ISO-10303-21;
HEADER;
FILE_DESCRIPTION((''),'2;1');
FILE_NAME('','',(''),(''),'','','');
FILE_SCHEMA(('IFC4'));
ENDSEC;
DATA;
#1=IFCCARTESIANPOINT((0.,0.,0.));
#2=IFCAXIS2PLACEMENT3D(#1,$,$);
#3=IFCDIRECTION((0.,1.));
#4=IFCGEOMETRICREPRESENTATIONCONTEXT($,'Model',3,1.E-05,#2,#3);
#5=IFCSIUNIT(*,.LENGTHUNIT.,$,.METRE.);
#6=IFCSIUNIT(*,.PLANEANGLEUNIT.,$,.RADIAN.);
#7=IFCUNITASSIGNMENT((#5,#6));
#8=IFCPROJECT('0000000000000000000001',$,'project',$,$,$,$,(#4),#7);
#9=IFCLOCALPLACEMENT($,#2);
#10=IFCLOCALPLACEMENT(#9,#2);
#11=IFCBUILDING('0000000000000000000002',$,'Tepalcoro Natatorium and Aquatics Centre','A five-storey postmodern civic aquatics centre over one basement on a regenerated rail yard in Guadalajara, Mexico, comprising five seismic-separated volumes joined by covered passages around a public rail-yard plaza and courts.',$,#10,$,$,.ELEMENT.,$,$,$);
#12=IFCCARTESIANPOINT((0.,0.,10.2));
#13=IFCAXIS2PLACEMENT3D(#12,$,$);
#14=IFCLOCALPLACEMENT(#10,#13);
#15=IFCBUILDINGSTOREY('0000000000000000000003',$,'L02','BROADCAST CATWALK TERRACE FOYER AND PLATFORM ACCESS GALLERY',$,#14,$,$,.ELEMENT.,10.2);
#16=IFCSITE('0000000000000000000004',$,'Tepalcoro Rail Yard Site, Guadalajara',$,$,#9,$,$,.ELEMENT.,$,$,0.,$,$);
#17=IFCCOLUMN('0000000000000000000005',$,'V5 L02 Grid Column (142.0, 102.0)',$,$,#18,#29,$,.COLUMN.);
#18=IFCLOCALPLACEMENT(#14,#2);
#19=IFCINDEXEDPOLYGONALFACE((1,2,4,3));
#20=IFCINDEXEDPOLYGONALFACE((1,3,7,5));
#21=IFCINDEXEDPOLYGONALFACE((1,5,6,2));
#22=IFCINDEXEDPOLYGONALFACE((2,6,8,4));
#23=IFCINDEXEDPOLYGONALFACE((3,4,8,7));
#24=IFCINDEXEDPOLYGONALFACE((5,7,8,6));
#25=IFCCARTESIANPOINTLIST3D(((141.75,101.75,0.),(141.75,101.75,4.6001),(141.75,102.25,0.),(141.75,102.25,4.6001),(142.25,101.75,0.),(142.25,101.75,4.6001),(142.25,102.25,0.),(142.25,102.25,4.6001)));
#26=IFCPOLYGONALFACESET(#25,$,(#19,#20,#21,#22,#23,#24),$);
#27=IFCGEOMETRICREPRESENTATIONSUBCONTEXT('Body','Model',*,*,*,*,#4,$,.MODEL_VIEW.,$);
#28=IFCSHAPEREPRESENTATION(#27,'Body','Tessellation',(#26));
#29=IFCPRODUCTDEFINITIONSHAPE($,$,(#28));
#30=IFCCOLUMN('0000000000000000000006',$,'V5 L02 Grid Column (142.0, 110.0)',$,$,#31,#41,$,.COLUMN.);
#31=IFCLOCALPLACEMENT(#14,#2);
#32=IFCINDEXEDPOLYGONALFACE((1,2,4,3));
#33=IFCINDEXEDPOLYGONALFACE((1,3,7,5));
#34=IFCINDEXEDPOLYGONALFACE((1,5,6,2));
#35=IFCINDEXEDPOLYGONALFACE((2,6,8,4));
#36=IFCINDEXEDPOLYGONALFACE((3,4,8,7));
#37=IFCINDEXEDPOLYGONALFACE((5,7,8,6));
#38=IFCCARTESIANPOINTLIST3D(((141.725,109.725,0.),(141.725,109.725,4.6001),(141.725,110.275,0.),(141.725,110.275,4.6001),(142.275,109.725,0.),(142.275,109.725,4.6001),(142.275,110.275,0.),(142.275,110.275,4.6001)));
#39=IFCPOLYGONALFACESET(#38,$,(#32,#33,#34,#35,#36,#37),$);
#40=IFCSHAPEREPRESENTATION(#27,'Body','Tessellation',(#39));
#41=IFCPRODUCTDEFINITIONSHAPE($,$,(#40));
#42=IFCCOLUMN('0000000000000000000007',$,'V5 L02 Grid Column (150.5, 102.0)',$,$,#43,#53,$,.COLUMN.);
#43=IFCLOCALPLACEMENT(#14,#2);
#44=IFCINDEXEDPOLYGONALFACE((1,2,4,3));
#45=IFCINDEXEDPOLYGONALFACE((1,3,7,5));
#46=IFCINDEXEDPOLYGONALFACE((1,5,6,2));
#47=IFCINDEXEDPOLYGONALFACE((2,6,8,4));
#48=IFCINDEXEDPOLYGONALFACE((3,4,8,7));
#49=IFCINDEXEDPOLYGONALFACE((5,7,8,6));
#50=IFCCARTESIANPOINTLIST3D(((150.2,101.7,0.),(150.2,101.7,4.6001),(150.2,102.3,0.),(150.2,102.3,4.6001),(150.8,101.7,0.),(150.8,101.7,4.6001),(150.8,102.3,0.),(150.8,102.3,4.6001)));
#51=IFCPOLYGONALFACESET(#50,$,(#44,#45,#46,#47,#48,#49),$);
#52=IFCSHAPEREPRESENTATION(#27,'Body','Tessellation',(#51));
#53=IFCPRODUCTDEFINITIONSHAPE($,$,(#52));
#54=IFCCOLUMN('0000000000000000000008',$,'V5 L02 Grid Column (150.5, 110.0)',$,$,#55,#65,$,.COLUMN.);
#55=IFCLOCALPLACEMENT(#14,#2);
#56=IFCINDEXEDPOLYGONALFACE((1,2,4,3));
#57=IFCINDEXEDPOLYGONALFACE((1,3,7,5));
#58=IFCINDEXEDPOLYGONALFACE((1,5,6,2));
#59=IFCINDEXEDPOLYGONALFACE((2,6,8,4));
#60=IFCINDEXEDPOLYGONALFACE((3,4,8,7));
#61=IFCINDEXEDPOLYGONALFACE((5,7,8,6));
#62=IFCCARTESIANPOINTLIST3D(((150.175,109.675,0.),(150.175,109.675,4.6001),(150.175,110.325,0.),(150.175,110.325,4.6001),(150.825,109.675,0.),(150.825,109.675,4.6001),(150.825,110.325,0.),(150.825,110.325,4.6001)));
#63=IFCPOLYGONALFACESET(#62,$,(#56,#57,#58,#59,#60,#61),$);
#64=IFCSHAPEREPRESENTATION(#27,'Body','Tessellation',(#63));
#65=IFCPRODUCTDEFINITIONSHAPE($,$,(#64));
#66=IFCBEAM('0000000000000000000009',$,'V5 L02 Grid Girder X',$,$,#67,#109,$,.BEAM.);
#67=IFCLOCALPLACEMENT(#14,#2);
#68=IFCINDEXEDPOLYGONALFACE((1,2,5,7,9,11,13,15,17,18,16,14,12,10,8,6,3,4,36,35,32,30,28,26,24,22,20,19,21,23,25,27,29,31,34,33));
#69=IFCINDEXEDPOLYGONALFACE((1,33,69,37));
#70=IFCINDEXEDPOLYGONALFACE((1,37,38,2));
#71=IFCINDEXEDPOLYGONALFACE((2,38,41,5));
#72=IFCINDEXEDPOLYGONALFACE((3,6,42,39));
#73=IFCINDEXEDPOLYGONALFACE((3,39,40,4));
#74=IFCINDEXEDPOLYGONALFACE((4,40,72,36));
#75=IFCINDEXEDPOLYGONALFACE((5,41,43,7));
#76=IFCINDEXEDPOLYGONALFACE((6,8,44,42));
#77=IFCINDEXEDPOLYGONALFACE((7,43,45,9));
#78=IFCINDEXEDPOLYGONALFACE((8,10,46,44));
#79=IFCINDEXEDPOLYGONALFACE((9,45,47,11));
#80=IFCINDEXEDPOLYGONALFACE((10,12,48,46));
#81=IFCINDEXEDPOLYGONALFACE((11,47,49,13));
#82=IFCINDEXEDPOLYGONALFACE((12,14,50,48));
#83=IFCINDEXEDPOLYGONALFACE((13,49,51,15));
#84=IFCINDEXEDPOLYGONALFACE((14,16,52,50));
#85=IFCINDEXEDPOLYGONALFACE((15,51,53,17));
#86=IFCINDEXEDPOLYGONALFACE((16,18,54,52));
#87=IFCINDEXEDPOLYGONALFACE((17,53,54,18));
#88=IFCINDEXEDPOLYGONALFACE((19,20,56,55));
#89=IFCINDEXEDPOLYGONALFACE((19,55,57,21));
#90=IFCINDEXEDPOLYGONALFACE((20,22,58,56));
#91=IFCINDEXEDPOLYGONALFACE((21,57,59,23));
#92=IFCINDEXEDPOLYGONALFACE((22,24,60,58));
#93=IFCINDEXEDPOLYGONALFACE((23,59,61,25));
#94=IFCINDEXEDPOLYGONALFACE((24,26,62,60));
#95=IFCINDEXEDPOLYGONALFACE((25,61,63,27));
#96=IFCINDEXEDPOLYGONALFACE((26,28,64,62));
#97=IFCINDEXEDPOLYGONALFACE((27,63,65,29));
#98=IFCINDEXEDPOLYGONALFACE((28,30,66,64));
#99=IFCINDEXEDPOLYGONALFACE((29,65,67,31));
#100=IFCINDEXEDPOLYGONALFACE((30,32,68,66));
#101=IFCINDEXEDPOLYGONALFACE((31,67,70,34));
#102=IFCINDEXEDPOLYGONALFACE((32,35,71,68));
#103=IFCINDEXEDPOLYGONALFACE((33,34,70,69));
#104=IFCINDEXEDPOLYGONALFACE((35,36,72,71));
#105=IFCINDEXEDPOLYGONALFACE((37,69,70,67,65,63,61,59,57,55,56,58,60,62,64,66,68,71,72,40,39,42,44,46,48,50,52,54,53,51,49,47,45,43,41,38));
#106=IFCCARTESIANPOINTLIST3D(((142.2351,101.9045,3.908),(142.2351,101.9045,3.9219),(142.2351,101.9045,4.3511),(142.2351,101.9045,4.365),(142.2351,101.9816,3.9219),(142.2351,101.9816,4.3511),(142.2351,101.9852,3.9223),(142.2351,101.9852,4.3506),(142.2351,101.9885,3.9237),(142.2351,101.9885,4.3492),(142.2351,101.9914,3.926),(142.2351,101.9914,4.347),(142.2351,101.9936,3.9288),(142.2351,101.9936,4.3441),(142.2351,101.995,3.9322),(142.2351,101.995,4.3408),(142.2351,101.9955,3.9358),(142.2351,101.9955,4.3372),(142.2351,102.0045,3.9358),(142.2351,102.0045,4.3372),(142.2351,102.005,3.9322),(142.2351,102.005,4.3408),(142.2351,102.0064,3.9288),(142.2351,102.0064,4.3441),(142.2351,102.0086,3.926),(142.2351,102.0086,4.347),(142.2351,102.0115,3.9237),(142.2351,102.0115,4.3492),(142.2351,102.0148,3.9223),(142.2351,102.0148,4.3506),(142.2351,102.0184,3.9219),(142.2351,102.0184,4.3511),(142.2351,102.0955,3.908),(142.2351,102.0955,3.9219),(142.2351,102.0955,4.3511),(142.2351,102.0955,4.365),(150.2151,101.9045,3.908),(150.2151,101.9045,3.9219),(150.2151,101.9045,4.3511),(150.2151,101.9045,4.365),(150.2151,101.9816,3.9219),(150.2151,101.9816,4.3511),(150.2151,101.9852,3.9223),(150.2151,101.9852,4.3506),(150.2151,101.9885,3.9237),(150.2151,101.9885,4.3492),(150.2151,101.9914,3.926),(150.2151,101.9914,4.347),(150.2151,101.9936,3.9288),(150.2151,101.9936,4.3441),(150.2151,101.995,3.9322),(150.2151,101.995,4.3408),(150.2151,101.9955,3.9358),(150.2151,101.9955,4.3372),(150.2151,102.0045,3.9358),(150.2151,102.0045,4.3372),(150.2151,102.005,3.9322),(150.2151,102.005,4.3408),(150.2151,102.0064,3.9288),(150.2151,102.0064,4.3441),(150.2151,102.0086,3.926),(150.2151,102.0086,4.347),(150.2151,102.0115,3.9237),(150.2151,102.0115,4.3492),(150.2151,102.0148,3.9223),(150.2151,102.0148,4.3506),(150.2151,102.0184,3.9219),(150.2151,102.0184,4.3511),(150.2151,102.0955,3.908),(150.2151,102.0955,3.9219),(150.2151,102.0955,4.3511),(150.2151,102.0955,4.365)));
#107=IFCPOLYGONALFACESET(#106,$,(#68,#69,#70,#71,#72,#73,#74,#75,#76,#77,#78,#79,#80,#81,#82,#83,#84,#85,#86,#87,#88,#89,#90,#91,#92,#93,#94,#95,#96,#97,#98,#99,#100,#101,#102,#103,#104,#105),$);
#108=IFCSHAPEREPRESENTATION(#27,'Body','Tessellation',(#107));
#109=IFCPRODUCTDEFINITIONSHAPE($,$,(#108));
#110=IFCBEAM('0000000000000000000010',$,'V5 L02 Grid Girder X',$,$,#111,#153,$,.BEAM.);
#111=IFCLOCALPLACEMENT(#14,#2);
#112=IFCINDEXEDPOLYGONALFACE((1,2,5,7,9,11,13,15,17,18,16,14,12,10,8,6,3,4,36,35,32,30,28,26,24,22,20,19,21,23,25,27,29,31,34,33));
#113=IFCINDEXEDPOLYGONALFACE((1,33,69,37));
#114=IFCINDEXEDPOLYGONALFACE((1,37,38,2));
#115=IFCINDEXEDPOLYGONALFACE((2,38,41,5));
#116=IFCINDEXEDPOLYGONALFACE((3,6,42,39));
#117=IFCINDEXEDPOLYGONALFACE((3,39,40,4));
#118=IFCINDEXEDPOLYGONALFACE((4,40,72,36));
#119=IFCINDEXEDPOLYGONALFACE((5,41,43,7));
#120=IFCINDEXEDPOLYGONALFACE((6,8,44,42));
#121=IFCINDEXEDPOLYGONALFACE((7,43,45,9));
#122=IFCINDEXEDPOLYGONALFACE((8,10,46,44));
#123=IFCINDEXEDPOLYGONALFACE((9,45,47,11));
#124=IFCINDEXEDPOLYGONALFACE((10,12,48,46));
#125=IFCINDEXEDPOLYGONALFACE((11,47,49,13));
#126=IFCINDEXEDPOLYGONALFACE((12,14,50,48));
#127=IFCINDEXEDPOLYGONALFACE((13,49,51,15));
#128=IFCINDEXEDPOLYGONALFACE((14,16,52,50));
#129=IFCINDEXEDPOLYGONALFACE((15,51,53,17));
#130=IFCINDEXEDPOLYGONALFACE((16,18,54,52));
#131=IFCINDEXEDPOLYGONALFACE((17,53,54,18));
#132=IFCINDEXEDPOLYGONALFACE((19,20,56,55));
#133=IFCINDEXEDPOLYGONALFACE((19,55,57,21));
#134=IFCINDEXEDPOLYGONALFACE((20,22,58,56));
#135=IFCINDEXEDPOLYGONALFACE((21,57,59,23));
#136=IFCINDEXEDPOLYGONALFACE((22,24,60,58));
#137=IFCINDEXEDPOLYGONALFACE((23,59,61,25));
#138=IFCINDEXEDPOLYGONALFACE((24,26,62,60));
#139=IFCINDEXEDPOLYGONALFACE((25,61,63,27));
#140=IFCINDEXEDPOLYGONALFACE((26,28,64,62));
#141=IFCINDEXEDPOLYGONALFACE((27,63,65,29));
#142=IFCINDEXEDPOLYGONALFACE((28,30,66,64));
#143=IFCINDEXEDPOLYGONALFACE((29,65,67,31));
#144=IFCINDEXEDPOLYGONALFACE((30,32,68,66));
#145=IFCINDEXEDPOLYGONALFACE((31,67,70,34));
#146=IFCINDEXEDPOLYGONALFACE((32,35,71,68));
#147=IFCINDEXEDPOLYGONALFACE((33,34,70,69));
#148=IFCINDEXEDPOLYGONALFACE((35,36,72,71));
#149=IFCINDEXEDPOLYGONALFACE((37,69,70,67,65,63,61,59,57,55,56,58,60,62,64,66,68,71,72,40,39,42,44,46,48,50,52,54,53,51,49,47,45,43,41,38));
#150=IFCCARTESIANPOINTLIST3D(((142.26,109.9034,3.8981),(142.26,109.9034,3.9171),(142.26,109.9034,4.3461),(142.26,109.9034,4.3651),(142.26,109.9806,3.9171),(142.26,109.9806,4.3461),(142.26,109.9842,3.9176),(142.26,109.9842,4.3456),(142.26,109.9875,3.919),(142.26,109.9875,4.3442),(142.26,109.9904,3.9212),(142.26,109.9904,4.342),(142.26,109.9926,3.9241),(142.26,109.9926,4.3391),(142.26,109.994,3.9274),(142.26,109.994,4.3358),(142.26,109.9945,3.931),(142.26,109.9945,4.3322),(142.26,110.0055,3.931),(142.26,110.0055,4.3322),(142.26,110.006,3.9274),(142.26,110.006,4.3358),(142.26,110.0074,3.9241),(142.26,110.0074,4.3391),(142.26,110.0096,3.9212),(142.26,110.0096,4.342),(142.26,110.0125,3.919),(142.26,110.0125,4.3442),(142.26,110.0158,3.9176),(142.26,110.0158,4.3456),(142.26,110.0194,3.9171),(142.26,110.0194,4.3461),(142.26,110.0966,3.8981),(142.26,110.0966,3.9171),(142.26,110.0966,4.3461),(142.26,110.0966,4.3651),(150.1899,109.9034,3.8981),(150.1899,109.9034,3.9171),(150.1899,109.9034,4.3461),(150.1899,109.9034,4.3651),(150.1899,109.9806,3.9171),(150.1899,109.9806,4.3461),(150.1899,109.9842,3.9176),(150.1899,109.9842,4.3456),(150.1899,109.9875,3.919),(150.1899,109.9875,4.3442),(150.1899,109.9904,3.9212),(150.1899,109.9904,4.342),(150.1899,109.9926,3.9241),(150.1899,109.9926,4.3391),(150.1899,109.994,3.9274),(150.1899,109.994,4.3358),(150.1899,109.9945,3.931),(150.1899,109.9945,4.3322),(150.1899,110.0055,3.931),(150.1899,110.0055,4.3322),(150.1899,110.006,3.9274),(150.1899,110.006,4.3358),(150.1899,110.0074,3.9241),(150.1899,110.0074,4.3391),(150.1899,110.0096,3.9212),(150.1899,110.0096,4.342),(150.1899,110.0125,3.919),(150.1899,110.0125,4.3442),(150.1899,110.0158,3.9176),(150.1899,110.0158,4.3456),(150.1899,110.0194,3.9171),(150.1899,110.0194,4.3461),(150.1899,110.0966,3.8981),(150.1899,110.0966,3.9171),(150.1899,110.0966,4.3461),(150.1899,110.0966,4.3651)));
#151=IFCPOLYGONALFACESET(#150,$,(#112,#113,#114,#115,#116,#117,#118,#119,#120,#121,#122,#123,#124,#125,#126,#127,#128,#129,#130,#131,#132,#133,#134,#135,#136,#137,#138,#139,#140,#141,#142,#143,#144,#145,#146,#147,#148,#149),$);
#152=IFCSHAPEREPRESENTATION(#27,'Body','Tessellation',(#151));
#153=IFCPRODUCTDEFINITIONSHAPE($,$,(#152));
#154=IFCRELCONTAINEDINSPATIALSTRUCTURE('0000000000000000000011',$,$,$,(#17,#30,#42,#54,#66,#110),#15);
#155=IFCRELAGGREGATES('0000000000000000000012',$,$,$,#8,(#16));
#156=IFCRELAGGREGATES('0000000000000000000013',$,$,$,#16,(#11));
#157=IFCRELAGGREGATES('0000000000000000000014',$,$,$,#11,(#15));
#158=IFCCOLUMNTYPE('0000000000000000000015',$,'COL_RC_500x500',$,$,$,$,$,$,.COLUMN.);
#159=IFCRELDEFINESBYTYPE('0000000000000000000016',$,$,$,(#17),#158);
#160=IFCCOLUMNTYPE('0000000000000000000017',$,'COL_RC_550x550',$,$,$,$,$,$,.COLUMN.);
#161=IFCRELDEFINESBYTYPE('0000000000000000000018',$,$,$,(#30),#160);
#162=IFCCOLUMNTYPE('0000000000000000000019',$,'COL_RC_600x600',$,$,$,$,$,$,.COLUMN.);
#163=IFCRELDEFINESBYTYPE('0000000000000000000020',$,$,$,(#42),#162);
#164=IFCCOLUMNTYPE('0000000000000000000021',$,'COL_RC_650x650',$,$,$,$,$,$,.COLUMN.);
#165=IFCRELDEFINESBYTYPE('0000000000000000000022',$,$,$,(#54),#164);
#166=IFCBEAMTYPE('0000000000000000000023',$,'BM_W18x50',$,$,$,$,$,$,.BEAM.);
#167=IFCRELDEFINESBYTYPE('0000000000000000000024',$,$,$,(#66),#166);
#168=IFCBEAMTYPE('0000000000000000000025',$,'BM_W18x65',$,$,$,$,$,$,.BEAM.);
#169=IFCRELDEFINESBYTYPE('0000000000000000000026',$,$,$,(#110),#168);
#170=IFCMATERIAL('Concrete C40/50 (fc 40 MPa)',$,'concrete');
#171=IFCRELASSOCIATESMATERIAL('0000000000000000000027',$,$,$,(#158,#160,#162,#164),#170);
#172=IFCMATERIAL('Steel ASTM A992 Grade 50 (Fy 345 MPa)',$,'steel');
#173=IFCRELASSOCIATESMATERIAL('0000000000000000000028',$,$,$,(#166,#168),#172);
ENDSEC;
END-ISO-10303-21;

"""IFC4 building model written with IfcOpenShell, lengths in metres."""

from ifc_helpers import new_model, si_unit, direction, frame, origin, origin_2d, place, context, subcontext, project, spatial, rectangle, i_section, extrude, material, material_profile, profile_set, type_object, element, save


model = new_model("IFC4")

# Units and contexts
model_context = context("Model", 3, precision=1e-05, world=origin(), true_north=direction((0.0, 1.0)))
body_context = subcontext(model_context, "Body", "Model", "MODEL_VIEW")
ifc_project = project(units=[si_unit("LENGTHUNIT", "METRE"), si_unit("PLANEANGLEUNIT", "RADIAN")], contexts=[model_context])

# Site, building, storey
site_placement = place(None, origin())
site = spatial("IfcSite", under=ifc_project, at=site_placement, Name="Tepalcoro Rail Yard Site, Guadalajara", CompositionType="ELEMENT", RefElevation=0.0)
building_placement = place(site_placement, origin())
building = spatial("IfcBuilding", under=site, at=building_placement, Name="Tepalcoro Natatorium and Aquatics Centre", Description="A five-storey postmodern civic aquatics centre over one basement on a regenerated rail yard in Guadalajara, Mexico, comprising five seismic-separated volumes joined by covered passages around a public rail-yard plaza and courts.", CompositionType="ELEMENT")
storey_placement = place(building_placement, frame((0.0, 0.0, 10.2)))
storey = spatial("IfcBuildingStorey", under=building, at=storey_placement, Name="L02", Description="BROADCAST CATWALK TERRACE FOYER AND PLATFORM ACCESS GALLERY", CompositionType="ELEMENT", Elevation=10.2)

# Columns
ifc_material_1 = material(Name="Concrete C40/50 (fc 40 MPa)", Category="concrete")
ifc_material_profile_1 = material_profile(ifc_material_1, rectangle(XDim=0.5, YDim=0.5, at=origin_2d()), Name="RC500x500")
ifc_profile_set_1 = profile_set([ifc_material_profile_1], Name="Concrete C40/50 (fc 40 MPa)")
column_type_1 = type_object("IfcColumnType", Name="COL_RC_500x500", PredefinedType="COLUMN", material=ifc_profile_set_1)
column_1_placement = place(storey_placement, frame((142.0, 102.0, 0.0), z_axis=(0.0, 0.0, 1.0), x_axis=(1.0, 0.0, 0.0)))
element("IfcColumn", 1, at=column_1_placement, inside=storey, type_object=column_type_1, Name="V5 L02 Grid Column (142.0, 102.0)", PredefinedType="COLUMN", context=body_context, shape_type="SweptSolid", body=[
    extrude(rectangle(XDim=0.5, YDim=0.5, at=origin_2d()), origin(), (0.0, 0.0, 1.0), 4.6001),
])
ifc_material_profile_2 = material_profile(ifc_material_1, rectangle(XDim=0.55, YDim=0.55, at=origin_2d()), Name="RC550x550")
ifc_profile_set_2 = profile_set([ifc_material_profile_2], Name="Concrete C40/50 (fc 40 MPa)")
column_type_2 = type_object("IfcColumnType", Name="COL_RC_550x550", PredefinedType="COLUMN", material=ifc_profile_set_2)
column_2_placement = place(storey_placement, frame((142.0, 110.0, 0.0), z_axis=(0.0, 0.0, 1.0), x_axis=(1.0, 0.0, 0.0)))
element("IfcColumn", 2, at=column_2_placement, inside=storey, type_object=column_type_2, Name="V5 L02 Grid Column (142.0, 110.0)", PredefinedType="COLUMN", context=body_context, shape_type="SweptSolid", body=[
    extrude(rectangle(XDim=0.55, YDim=0.55, at=origin_2d()), origin(), (0.0, 0.0, 1.0), 4.6001),
])
ifc_material_profile_3 = material_profile(ifc_material_1, rectangle(XDim=0.6001, YDim=0.6001, at=origin_2d()), Name="RC600x600")
ifc_profile_set_3 = profile_set([ifc_material_profile_3], Name="Concrete C40/50 (fc 40 MPa)")
column_type_3 = type_object("IfcColumnType", Name="COL_RC_600x600", PredefinedType="COLUMN", material=ifc_profile_set_3)
column_3_placement = place(storey_placement, frame((150.5, 102.0, 0.0), z_axis=(0.0, 0.0, 1.0), x_axis=(1.0, 0.0, 0.0)))
element("IfcColumn", 3, at=column_3_placement, inside=storey, type_object=column_type_3, Name="V5 L02 Grid Column (150.5, 102.0)", PredefinedType="COLUMN", context=body_context, shape_type="SweptSolid", body=[
    extrude(rectangle(XDim=0.6001, YDim=0.6001, at=origin_2d()), origin(), (0.0, 0.0, 1.0), 4.6001),
])
ifc_material_profile_4 = material_profile(ifc_material_1, rectangle(XDim=0.6499, YDim=0.6499, at=origin_2d()), Name="RC650x650")
ifc_profile_set_4 = profile_set([ifc_material_profile_4], Name="Concrete C40/50 (fc 40 MPa)")
column_type_4 = type_object("IfcColumnType", Name="COL_RC_650x650", PredefinedType="COLUMN", material=ifc_profile_set_4)
column_4_placement = place(storey_placement, frame((150.5, 110.0, 0.0), z_axis=(0.0, 0.0, 1.0), x_axis=(1.0, 0.0, 0.0)))
element("IfcColumn", 4, at=column_4_placement, inside=storey, type_object=column_type_4, Name="V5 L02 Grid Column (150.5, 110.0)", PredefinedType="COLUMN", context=body_context, shape_type="SweptSolid", body=[
    extrude(rectangle(XDim=0.6499, YDim=0.6499, at=origin_2d()), origin(), (0.0, 0.0, 1.0), 4.6001),
])

# Beams
ifc_material_2 = material(Name="Steel ASTM A992 Grade 50 (Fy 345 MPa)", Category="steel")
ifc_material_profile_5 = material_profile(ifc_material_2, i_section(OverallWidth=0.1909, OverallDepth=0.457, WebThickness=0.009, FlangeThickness=0.0139, FilletRadius=0.0139, at=origin_2d()), Name="W18X50")
ifc_profile_set_5 = profile_set([ifc_material_profile_5], Name="Steel ASTM A992 Grade 50 (Fy 345 MPa)")
beam_type_1 = type_object("IfcBeamType", Name="BM_W18x50", PredefinedType="BEAM", material=ifc_profile_set_5)
beam_1_placement = place(storey_placement, frame((142.2351, 102.0, 4.1365), z_axis=(1.0, 0.0, 0.0), x_axis=(0.0, 1.0, 0.0)))
element("IfcBeam", 5, at=beam_1_placement, inside=storey, type_object=beam_type_1, Name="V5 L02 Grid Girder X", PredefinedType="BEAM", context=body_context, shape_type="SweptSolid", body=[
    extrude(i_section(OverallWidth=0.1909, OverallDepth=0.457, WebThickness=0.009, FlangeThickness=0.0139, FilletRadius=0.0139, at=origin_2d()), origin(), (0.0, 0.0, 1.0), 7.98),
])
ifc_material_profile_6 = material_profile(ifc_material_2, i_section(OverallWidth=0.1931, OverallDepth=0.467, WebThickness=0.011, FlangeThickness=0.019, FilletRadius=0.0139, at=origin_2d()), Name="W18X65")
ifc_profile_set_6 = profile_set([ifc_material_profile_6], Name="Steel ASTM A992 Grade 50 (Fy 345 MPa)")
beam_type_2 = type_object("IfcBeamType", Name="BM_W18x65", PredefinedType="BEAM", material=ifc_profile_set_6)
beam_2_placement = place(storey_placement, frame((142.26, 110.0, 4.1316), z_axis=(1.0, 0.0, 0.0), x_axis=(0.0, 1.0, 0.0)))
element("IfcBeam", 6, at=beam_2_placement, inside=storey, type_object=beam_type_2, Name="V5 L02 Grid Girder X", PredefinedType="BEAM", context=body_context, shape_type="SweptSolid", body=[
    extrude(i_section(OverallWidth=0.1931, OverallDepth=0.467, WebThickness=0.011, FlangeThickness=0.019, FilletRadius=0.0139, at=origin_2d()), origin(), (0.0, 0.0, 1.0), 7.9299),
])

save(model, "model.ifc")
